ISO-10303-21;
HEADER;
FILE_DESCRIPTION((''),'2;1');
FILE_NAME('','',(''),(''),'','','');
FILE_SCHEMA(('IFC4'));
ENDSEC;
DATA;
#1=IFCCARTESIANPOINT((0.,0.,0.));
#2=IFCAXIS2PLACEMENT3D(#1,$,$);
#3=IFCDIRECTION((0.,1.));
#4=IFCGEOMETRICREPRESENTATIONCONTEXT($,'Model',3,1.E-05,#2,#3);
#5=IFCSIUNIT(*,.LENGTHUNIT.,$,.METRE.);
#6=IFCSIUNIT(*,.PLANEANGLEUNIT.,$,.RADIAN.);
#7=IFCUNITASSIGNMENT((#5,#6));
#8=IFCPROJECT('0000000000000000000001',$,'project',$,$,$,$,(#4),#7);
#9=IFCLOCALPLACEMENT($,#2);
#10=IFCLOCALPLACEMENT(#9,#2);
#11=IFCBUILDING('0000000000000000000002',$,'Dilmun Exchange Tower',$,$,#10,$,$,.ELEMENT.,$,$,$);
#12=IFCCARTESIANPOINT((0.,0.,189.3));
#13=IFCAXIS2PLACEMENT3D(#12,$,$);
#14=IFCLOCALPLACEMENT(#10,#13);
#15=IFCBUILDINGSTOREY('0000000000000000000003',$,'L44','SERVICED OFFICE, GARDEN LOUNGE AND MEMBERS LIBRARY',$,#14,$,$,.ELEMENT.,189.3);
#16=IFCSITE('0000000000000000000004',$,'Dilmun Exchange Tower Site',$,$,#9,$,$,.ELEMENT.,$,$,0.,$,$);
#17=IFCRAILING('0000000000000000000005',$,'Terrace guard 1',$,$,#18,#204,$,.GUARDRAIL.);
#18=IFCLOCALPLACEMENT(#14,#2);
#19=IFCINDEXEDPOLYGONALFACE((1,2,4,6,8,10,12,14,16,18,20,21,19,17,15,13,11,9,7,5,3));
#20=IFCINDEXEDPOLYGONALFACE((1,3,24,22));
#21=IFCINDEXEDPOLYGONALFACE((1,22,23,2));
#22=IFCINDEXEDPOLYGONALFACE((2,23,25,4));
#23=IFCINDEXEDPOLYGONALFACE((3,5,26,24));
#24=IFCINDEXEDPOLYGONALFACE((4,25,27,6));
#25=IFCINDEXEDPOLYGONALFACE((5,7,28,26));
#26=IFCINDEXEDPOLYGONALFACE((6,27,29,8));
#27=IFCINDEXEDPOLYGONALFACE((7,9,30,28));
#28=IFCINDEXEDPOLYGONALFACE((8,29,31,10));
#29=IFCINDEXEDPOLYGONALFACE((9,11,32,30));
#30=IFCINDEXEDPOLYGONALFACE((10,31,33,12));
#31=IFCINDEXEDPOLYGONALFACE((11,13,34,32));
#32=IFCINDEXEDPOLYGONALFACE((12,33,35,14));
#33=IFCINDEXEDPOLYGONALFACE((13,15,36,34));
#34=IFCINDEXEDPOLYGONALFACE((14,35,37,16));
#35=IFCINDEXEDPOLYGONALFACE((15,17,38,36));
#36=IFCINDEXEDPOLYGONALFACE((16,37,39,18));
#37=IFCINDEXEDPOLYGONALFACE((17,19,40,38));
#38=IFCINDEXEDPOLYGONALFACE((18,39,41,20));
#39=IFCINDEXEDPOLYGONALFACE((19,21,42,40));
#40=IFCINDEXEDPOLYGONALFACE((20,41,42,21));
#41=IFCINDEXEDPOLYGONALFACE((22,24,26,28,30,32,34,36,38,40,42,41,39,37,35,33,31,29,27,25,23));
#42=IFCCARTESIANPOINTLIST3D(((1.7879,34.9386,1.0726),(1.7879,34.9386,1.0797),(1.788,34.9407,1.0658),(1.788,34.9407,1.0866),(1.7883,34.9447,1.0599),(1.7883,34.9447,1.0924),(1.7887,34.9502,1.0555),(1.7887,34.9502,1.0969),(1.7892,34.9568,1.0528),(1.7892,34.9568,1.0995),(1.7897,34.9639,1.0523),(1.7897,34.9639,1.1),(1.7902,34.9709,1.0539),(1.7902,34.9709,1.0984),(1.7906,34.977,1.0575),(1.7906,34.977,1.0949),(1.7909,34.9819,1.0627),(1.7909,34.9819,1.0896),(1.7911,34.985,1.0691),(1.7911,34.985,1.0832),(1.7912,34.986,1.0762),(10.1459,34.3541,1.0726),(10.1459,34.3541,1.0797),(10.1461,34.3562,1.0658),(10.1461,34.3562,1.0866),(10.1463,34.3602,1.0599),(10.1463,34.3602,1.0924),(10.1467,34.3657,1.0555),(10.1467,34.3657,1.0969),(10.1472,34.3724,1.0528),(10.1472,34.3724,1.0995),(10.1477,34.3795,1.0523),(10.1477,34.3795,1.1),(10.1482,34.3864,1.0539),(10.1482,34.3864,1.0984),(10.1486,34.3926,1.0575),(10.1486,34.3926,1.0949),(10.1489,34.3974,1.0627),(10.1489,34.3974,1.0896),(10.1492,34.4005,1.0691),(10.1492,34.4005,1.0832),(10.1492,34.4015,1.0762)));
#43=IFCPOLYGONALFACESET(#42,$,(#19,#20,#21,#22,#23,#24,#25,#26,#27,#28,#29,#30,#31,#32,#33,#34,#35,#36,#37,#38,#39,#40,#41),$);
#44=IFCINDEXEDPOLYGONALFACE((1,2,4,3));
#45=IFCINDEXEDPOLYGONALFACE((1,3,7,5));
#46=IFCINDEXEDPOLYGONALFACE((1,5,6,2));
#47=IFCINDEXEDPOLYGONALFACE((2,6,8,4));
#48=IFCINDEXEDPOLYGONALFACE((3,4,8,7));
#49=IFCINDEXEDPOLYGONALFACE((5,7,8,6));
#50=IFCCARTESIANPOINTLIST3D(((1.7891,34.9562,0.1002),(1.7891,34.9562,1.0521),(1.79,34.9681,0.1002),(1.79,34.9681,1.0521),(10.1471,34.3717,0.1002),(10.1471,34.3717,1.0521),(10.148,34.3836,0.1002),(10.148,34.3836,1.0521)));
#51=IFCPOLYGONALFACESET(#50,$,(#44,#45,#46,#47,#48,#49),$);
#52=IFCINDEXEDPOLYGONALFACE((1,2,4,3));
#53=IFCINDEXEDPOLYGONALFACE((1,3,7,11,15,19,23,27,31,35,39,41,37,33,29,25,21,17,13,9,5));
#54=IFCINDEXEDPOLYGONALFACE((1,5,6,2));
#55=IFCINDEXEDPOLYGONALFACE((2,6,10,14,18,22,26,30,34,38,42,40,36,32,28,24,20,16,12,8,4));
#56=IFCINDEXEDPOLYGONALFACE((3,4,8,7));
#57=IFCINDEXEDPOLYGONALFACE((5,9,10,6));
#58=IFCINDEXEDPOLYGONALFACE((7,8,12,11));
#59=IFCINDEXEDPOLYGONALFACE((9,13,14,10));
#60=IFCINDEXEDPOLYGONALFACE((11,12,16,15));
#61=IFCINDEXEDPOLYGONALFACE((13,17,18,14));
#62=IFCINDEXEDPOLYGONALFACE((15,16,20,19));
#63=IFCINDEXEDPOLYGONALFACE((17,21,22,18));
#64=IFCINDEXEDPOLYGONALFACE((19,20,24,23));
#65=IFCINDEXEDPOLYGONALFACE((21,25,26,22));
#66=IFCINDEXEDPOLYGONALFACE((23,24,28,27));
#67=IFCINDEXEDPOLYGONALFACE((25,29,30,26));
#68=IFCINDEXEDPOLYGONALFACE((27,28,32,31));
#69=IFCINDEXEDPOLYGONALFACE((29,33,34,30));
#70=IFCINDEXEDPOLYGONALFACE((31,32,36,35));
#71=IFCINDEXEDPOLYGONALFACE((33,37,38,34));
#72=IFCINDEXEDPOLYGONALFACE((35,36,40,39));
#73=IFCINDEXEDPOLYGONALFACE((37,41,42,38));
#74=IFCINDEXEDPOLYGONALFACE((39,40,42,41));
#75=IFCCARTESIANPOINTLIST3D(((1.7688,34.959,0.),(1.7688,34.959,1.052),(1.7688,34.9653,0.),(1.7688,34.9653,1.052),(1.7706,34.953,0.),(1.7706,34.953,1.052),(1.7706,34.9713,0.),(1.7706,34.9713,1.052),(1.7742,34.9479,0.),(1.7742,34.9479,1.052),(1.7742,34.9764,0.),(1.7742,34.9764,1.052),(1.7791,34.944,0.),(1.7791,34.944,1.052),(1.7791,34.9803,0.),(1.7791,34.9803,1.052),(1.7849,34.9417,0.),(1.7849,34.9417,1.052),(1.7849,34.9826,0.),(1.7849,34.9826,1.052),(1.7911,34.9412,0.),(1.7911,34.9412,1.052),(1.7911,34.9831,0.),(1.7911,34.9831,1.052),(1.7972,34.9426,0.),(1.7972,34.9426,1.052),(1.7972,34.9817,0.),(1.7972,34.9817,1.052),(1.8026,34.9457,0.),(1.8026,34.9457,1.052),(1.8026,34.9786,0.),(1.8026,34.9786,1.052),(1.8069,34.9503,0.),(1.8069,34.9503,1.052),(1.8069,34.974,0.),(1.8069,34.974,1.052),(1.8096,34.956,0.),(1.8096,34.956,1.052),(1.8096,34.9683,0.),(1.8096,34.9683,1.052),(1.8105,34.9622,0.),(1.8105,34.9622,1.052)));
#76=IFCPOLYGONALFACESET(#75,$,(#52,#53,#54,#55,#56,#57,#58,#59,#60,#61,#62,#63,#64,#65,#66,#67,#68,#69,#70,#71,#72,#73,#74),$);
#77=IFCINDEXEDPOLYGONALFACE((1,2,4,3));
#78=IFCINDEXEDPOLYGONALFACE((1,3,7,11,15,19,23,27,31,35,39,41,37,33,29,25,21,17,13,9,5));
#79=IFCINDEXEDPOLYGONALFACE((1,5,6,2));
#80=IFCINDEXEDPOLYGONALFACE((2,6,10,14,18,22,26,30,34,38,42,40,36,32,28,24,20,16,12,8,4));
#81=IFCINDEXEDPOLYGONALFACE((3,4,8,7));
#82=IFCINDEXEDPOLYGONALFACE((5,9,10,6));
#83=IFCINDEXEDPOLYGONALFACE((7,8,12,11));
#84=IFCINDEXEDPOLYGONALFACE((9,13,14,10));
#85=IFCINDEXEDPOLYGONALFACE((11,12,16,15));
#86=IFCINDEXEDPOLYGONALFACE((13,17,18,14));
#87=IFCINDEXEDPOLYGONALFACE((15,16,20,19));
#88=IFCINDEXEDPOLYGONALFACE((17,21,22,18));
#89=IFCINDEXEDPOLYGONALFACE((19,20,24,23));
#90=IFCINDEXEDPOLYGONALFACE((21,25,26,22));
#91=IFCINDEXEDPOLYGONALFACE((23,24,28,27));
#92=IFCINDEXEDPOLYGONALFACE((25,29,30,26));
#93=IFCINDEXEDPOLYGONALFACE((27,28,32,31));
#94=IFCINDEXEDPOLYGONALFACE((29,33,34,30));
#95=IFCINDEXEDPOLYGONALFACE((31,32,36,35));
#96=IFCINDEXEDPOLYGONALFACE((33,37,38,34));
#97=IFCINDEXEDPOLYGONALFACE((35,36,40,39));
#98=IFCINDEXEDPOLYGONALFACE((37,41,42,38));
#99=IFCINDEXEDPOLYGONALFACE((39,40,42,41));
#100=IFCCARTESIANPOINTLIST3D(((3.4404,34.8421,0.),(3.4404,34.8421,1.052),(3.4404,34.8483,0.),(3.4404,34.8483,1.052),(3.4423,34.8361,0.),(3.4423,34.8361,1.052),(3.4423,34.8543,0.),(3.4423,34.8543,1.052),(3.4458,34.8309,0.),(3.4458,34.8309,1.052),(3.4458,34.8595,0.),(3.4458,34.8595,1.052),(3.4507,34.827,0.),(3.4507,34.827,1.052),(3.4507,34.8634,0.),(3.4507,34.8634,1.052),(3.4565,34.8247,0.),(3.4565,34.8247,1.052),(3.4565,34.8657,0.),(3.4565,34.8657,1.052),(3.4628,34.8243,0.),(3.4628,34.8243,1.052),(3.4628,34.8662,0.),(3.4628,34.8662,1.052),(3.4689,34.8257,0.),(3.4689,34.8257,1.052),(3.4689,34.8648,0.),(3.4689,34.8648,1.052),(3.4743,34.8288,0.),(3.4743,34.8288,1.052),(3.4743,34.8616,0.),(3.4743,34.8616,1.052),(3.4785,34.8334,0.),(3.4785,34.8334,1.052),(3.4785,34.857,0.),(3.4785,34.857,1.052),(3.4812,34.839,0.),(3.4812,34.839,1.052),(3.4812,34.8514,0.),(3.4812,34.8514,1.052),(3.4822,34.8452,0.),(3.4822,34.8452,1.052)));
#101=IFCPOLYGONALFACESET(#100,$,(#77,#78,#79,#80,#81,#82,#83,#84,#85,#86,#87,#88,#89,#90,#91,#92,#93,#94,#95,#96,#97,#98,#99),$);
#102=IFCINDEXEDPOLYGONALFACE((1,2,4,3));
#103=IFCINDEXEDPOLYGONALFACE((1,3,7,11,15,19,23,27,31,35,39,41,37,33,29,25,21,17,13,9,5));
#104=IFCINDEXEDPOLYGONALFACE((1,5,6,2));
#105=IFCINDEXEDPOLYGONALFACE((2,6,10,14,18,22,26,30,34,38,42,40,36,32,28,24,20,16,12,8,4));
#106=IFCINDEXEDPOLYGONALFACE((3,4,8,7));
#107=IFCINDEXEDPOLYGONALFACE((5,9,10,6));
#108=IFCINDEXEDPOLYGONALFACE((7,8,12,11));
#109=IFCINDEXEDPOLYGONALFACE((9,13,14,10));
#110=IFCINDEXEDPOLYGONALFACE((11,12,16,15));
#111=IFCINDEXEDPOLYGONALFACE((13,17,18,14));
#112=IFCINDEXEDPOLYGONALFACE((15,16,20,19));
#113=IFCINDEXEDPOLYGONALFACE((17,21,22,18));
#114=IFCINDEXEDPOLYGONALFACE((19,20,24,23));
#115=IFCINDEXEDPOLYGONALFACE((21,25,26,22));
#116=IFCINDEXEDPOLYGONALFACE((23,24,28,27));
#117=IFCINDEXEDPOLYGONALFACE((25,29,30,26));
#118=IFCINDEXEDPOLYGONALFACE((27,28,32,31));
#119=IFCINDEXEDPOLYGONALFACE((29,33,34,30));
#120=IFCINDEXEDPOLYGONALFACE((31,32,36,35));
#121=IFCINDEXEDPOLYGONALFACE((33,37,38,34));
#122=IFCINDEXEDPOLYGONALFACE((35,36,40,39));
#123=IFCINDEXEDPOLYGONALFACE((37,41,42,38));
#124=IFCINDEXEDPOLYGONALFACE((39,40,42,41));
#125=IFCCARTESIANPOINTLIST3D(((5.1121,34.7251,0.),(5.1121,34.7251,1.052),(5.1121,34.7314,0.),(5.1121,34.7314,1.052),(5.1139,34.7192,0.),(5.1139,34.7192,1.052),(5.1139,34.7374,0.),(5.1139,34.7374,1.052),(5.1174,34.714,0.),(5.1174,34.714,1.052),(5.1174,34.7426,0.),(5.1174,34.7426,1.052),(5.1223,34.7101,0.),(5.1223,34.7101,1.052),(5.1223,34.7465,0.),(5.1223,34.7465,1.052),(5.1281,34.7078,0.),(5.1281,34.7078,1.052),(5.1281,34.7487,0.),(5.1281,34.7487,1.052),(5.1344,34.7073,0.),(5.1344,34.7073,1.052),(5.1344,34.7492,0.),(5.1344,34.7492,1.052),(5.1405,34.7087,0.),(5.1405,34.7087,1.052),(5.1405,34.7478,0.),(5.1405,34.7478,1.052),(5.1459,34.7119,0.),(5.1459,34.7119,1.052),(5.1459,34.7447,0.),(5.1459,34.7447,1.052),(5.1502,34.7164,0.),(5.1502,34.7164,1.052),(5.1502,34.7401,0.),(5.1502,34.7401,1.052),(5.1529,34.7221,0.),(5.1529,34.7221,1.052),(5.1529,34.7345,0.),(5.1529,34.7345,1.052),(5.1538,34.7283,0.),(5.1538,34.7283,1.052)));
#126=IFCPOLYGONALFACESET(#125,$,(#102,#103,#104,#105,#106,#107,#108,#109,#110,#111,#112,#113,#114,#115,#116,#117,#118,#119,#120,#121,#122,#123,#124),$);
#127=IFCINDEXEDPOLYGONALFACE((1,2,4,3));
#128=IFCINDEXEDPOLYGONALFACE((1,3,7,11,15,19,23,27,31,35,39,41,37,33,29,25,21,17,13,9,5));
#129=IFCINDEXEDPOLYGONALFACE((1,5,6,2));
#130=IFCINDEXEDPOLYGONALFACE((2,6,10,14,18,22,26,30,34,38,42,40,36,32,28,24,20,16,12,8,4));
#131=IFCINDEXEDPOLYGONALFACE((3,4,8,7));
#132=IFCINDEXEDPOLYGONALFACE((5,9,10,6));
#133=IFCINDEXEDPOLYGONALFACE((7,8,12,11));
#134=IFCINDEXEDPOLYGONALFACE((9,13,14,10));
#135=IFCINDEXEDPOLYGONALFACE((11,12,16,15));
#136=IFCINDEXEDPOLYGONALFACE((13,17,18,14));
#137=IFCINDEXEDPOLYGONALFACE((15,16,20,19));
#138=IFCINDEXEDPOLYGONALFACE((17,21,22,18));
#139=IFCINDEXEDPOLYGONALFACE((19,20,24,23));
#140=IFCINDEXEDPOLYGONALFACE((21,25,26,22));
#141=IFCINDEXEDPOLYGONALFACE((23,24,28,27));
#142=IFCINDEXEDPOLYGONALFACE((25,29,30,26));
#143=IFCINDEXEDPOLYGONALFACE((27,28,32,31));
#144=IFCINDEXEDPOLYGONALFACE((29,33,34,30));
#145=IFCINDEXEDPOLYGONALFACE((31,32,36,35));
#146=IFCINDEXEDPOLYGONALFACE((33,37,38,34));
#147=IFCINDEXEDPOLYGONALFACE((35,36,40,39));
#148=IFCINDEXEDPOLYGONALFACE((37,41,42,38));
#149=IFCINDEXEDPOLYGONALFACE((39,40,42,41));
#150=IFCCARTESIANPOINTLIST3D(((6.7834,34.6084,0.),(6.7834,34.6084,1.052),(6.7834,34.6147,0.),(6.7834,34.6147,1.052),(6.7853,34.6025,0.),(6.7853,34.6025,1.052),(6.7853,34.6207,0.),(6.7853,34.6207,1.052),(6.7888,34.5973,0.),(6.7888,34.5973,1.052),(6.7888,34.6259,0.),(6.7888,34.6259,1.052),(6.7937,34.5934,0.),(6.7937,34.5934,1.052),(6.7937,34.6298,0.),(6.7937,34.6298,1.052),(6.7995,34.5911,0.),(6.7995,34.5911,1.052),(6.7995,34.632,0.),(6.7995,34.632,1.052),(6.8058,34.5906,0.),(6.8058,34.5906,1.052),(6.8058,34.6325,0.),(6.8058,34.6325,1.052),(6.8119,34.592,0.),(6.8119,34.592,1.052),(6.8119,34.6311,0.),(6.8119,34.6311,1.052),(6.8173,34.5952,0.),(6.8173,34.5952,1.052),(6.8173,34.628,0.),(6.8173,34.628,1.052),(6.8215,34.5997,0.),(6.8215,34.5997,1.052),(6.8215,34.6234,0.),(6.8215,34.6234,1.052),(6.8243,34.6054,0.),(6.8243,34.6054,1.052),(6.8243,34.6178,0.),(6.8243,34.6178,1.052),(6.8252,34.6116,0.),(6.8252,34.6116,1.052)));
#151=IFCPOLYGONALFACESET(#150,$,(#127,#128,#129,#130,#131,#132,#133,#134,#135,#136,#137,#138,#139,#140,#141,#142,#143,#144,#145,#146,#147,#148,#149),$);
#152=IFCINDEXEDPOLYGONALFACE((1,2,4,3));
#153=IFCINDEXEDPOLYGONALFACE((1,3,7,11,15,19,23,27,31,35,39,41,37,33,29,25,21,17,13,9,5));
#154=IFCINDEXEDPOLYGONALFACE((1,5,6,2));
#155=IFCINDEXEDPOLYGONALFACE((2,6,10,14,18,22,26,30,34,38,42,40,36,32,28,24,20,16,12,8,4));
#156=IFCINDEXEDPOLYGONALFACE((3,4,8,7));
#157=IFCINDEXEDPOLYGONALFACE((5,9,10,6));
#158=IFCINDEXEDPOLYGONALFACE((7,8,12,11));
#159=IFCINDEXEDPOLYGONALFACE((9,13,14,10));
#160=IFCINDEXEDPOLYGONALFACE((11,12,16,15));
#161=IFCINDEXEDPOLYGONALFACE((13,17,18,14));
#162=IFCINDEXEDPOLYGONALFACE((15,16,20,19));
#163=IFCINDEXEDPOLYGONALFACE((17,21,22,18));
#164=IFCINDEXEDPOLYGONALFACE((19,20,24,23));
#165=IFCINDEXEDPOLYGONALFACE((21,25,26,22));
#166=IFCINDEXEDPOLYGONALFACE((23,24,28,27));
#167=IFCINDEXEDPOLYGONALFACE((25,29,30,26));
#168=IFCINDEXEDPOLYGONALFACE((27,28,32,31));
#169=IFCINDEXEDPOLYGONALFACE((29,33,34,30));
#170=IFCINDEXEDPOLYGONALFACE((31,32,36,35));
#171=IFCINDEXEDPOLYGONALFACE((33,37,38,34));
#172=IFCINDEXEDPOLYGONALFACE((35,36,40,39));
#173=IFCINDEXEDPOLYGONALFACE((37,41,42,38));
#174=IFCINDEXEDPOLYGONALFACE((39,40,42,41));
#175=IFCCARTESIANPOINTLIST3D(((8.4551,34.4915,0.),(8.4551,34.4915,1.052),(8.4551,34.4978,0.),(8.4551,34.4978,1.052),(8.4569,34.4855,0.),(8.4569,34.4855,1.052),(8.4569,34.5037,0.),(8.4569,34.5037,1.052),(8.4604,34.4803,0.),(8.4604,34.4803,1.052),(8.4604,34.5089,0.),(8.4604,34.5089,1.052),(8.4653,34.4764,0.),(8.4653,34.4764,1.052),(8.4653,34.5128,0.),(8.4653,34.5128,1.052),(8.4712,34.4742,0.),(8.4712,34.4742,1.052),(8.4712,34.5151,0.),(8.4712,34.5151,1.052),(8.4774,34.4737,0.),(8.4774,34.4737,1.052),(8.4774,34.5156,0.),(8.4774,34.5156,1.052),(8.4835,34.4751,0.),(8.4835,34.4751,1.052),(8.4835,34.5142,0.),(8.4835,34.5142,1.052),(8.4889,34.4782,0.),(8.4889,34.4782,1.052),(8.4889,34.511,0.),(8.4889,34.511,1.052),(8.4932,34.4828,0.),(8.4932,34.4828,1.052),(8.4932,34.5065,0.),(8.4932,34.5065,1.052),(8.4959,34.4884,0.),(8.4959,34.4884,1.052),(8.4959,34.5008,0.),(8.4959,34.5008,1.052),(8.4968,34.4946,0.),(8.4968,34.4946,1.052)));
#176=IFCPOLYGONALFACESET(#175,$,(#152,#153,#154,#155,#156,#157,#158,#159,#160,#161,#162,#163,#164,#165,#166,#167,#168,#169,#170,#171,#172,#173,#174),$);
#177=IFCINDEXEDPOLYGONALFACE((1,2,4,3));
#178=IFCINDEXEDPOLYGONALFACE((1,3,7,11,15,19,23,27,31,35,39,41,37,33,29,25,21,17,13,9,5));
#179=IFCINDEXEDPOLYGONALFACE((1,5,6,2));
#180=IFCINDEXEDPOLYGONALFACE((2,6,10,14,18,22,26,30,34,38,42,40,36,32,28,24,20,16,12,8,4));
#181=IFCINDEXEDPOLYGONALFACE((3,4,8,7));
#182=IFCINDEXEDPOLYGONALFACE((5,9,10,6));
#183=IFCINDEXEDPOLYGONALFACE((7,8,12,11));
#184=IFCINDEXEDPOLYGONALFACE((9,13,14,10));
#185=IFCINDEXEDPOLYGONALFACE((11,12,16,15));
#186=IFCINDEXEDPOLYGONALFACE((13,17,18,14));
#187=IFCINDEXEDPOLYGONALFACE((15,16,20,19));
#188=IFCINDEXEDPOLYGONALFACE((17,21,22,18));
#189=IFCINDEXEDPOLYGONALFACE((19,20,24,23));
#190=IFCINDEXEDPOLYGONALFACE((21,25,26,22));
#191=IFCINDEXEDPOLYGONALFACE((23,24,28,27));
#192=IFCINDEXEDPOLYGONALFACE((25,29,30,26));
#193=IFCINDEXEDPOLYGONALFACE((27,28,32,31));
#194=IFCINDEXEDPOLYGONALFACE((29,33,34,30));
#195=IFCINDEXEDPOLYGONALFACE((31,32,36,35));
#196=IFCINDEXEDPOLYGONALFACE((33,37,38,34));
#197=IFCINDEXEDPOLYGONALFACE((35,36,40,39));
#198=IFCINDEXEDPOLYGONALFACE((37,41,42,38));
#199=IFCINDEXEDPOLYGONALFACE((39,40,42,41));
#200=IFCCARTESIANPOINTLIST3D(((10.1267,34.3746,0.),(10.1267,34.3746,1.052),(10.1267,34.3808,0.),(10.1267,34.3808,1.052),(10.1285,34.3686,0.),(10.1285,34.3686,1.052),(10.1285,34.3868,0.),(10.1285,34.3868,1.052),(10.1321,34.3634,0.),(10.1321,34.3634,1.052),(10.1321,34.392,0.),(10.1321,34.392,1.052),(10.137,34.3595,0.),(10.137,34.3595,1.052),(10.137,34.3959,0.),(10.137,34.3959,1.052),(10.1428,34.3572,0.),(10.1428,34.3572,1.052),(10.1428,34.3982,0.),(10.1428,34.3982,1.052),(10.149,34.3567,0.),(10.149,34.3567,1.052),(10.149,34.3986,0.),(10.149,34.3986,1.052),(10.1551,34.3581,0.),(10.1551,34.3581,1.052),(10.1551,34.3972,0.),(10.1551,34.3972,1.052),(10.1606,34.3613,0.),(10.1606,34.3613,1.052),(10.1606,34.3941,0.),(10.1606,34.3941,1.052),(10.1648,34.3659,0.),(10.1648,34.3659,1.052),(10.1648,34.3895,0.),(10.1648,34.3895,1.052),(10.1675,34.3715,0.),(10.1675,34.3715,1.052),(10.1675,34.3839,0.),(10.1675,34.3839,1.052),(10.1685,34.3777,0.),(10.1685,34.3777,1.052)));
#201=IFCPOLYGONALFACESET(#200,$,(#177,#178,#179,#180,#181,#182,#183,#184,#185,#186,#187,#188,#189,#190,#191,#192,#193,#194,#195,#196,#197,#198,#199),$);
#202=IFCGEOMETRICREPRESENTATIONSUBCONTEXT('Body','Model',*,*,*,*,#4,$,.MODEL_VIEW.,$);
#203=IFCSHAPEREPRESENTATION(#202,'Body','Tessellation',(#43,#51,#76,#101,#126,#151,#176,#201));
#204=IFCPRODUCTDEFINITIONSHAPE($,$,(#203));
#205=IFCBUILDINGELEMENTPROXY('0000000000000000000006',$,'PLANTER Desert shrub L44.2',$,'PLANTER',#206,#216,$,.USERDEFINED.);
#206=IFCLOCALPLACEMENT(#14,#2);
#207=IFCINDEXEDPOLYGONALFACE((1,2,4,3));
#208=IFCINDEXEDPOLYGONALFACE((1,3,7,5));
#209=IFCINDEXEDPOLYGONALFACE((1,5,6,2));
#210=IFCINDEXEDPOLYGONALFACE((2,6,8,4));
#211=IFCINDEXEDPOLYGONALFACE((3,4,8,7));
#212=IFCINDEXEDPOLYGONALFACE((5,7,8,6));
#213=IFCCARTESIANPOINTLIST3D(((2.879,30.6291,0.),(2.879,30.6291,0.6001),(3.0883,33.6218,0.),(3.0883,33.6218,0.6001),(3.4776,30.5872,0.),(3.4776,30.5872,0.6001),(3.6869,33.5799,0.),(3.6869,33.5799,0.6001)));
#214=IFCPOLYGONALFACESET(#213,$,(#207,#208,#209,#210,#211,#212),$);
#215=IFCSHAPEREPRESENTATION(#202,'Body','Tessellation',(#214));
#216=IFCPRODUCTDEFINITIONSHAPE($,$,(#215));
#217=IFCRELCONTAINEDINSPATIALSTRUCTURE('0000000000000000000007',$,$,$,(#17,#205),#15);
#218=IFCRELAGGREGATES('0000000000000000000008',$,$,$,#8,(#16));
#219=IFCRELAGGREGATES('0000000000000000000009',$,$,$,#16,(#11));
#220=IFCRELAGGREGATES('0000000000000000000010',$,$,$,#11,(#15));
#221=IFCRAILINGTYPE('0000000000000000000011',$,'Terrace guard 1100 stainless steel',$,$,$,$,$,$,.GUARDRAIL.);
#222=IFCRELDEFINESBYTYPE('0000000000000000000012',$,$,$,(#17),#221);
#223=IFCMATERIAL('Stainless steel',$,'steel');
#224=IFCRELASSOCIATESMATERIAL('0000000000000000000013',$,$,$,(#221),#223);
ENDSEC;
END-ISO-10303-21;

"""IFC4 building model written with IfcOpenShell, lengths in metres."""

from ifc_helpers import new_model, si_unit, direction, frame, origin, origin_2d, place, context, subcontext, project, spatial, rectangle, circle, extrude, material, type_object, element, save


model = new_model("IFC4")

# Units and contexts
model_context = context("Model", 3, precision=1e-05, world=origin(), true_north=direction((0.0, 1.0)))
body_context = subcontext(model_context, "Body", "Model", "MODEL_VIEW")
ifc_project = project(units=[si_unit("LENGTHUNIT", "METRE"), si_unit("PLANEANGLEUNIT", "RADIAN")], contexts=[model_context])

# Site, building, storey
site_placement = place(None, origin())
site = spatial("IfcSite", under=ifc_project, at=site_placement, Name="Dilmun Exchange Tower Site", CompositionType="ELEMENT", RefElevation=0.0)
building_placement = place(site_placement, origin())
building = spatial("IfcBuilding", under=site, at=building_placement, Name="Dilmun Exchange Tower", CompositionType="ELEMENT")
storey_placement = place(building_placement, frame((0.0, 0.0, 189.3)))
storey = spatial("IfcBuildingStorey", under=building, at=storey_placement, Name="L44", Description="SERVICED OFFICE, GARDEN LOUNGE AND MEMBERS LIBRARY", CompositionType="ELEMENT", Elevation=189.3)

# Railing
ifc_material_1 = material(Name="Stainless steel", Category="steel")
railing_type = type_object("IfcRailingType", Name="Terrace guard 1100 stainless steel", PredefinedType="GUARDRAIL", material=ifc_material_1)
railing_placement = place(storey_placement, frame((1.7896, 34.9622, 0.0)))
element("IfcRailing", 1, at=railing_placement, inside=storey, type_object=railing_type, Name="Terrace guard 1", PredefinedType="GUARDRAIL", context=body_context, shape_type="SweptSolid", body=[
    extrude(circle(Radius=0.0239, at=origin_2d()), frame((0.0, 0.0, 1.0762), z_axis=(0.997564, -0.06976, 0.0), x_axis=(0.06976, 0.997564, 0.0)), (0.0, 0.0, 1.0), 8.3784),
    extrude(rectangle(XDim=0.012, YDim=0.9519, at=origin_2d()), frame((0.0, 0.0, 0.5762), z_axis=(0.997564, -0.06976, 0.0), x_axis=(0.06976, 0.997564, 0.0)), (0.0, 0.0, 1.0), 8.3784),
    extrude(circle(Radius=0.021, at=origin_2d()), origin(), (0.0, 0.0, 1.0), 1.052),
    extrude(circle(Radius=0.021, at=origin_2d()), frame((1.6716, -0.1169, 0.0)), (0.0, 0.0, 1.0), 1.052),
    extrude(circle(Radius=0.021, at=origin_2d()), frame((3.3433, -0.2339, 0.0)), (0.0, 0.0, 1.0), 1.052),
    extrude(circle(Radius=0.021, at=origin_2d()), frame((5.0146, -0.3506, 0.0)), (0.0, 0.0, 1.0), 1.052),
    extrude(circle(Radius=0.021, at=origin_2d()), frame((6.6863, -0.4675, 0.0)), (0.0, 0.0, 1.0), 1.052),
    extrude(circle(Radius=0.021, at=origin_2d()), frame((8.3579, -0.5845, 0.0)), (0.0, 0.0, 1.0), 1.052),
])

# Building element proxy
proxy_placement = place(storey_placement, frame((3.283, 32.1045, 0.0), z_axis=(0.0, 0.0, 1.0), x_axis=(0.069756, 0.997564, 0.0)))
element("IfcBuildingElementProxy", 2, at=proxy_placement, inside=storey, Name="PLANTER Desert shrub L44.2", ObjectType="PLANTER", PredefinedType="USERDEFINED", context=body_context, shape_type="SweptSolid", body=[
    extrude(rectangle(XDim=3.0, YDim=0.6001, at=origin_2d()), origin(), (0.0, 0.0, 1.0), 0.6001),
])

save(model, "model.ifc")
